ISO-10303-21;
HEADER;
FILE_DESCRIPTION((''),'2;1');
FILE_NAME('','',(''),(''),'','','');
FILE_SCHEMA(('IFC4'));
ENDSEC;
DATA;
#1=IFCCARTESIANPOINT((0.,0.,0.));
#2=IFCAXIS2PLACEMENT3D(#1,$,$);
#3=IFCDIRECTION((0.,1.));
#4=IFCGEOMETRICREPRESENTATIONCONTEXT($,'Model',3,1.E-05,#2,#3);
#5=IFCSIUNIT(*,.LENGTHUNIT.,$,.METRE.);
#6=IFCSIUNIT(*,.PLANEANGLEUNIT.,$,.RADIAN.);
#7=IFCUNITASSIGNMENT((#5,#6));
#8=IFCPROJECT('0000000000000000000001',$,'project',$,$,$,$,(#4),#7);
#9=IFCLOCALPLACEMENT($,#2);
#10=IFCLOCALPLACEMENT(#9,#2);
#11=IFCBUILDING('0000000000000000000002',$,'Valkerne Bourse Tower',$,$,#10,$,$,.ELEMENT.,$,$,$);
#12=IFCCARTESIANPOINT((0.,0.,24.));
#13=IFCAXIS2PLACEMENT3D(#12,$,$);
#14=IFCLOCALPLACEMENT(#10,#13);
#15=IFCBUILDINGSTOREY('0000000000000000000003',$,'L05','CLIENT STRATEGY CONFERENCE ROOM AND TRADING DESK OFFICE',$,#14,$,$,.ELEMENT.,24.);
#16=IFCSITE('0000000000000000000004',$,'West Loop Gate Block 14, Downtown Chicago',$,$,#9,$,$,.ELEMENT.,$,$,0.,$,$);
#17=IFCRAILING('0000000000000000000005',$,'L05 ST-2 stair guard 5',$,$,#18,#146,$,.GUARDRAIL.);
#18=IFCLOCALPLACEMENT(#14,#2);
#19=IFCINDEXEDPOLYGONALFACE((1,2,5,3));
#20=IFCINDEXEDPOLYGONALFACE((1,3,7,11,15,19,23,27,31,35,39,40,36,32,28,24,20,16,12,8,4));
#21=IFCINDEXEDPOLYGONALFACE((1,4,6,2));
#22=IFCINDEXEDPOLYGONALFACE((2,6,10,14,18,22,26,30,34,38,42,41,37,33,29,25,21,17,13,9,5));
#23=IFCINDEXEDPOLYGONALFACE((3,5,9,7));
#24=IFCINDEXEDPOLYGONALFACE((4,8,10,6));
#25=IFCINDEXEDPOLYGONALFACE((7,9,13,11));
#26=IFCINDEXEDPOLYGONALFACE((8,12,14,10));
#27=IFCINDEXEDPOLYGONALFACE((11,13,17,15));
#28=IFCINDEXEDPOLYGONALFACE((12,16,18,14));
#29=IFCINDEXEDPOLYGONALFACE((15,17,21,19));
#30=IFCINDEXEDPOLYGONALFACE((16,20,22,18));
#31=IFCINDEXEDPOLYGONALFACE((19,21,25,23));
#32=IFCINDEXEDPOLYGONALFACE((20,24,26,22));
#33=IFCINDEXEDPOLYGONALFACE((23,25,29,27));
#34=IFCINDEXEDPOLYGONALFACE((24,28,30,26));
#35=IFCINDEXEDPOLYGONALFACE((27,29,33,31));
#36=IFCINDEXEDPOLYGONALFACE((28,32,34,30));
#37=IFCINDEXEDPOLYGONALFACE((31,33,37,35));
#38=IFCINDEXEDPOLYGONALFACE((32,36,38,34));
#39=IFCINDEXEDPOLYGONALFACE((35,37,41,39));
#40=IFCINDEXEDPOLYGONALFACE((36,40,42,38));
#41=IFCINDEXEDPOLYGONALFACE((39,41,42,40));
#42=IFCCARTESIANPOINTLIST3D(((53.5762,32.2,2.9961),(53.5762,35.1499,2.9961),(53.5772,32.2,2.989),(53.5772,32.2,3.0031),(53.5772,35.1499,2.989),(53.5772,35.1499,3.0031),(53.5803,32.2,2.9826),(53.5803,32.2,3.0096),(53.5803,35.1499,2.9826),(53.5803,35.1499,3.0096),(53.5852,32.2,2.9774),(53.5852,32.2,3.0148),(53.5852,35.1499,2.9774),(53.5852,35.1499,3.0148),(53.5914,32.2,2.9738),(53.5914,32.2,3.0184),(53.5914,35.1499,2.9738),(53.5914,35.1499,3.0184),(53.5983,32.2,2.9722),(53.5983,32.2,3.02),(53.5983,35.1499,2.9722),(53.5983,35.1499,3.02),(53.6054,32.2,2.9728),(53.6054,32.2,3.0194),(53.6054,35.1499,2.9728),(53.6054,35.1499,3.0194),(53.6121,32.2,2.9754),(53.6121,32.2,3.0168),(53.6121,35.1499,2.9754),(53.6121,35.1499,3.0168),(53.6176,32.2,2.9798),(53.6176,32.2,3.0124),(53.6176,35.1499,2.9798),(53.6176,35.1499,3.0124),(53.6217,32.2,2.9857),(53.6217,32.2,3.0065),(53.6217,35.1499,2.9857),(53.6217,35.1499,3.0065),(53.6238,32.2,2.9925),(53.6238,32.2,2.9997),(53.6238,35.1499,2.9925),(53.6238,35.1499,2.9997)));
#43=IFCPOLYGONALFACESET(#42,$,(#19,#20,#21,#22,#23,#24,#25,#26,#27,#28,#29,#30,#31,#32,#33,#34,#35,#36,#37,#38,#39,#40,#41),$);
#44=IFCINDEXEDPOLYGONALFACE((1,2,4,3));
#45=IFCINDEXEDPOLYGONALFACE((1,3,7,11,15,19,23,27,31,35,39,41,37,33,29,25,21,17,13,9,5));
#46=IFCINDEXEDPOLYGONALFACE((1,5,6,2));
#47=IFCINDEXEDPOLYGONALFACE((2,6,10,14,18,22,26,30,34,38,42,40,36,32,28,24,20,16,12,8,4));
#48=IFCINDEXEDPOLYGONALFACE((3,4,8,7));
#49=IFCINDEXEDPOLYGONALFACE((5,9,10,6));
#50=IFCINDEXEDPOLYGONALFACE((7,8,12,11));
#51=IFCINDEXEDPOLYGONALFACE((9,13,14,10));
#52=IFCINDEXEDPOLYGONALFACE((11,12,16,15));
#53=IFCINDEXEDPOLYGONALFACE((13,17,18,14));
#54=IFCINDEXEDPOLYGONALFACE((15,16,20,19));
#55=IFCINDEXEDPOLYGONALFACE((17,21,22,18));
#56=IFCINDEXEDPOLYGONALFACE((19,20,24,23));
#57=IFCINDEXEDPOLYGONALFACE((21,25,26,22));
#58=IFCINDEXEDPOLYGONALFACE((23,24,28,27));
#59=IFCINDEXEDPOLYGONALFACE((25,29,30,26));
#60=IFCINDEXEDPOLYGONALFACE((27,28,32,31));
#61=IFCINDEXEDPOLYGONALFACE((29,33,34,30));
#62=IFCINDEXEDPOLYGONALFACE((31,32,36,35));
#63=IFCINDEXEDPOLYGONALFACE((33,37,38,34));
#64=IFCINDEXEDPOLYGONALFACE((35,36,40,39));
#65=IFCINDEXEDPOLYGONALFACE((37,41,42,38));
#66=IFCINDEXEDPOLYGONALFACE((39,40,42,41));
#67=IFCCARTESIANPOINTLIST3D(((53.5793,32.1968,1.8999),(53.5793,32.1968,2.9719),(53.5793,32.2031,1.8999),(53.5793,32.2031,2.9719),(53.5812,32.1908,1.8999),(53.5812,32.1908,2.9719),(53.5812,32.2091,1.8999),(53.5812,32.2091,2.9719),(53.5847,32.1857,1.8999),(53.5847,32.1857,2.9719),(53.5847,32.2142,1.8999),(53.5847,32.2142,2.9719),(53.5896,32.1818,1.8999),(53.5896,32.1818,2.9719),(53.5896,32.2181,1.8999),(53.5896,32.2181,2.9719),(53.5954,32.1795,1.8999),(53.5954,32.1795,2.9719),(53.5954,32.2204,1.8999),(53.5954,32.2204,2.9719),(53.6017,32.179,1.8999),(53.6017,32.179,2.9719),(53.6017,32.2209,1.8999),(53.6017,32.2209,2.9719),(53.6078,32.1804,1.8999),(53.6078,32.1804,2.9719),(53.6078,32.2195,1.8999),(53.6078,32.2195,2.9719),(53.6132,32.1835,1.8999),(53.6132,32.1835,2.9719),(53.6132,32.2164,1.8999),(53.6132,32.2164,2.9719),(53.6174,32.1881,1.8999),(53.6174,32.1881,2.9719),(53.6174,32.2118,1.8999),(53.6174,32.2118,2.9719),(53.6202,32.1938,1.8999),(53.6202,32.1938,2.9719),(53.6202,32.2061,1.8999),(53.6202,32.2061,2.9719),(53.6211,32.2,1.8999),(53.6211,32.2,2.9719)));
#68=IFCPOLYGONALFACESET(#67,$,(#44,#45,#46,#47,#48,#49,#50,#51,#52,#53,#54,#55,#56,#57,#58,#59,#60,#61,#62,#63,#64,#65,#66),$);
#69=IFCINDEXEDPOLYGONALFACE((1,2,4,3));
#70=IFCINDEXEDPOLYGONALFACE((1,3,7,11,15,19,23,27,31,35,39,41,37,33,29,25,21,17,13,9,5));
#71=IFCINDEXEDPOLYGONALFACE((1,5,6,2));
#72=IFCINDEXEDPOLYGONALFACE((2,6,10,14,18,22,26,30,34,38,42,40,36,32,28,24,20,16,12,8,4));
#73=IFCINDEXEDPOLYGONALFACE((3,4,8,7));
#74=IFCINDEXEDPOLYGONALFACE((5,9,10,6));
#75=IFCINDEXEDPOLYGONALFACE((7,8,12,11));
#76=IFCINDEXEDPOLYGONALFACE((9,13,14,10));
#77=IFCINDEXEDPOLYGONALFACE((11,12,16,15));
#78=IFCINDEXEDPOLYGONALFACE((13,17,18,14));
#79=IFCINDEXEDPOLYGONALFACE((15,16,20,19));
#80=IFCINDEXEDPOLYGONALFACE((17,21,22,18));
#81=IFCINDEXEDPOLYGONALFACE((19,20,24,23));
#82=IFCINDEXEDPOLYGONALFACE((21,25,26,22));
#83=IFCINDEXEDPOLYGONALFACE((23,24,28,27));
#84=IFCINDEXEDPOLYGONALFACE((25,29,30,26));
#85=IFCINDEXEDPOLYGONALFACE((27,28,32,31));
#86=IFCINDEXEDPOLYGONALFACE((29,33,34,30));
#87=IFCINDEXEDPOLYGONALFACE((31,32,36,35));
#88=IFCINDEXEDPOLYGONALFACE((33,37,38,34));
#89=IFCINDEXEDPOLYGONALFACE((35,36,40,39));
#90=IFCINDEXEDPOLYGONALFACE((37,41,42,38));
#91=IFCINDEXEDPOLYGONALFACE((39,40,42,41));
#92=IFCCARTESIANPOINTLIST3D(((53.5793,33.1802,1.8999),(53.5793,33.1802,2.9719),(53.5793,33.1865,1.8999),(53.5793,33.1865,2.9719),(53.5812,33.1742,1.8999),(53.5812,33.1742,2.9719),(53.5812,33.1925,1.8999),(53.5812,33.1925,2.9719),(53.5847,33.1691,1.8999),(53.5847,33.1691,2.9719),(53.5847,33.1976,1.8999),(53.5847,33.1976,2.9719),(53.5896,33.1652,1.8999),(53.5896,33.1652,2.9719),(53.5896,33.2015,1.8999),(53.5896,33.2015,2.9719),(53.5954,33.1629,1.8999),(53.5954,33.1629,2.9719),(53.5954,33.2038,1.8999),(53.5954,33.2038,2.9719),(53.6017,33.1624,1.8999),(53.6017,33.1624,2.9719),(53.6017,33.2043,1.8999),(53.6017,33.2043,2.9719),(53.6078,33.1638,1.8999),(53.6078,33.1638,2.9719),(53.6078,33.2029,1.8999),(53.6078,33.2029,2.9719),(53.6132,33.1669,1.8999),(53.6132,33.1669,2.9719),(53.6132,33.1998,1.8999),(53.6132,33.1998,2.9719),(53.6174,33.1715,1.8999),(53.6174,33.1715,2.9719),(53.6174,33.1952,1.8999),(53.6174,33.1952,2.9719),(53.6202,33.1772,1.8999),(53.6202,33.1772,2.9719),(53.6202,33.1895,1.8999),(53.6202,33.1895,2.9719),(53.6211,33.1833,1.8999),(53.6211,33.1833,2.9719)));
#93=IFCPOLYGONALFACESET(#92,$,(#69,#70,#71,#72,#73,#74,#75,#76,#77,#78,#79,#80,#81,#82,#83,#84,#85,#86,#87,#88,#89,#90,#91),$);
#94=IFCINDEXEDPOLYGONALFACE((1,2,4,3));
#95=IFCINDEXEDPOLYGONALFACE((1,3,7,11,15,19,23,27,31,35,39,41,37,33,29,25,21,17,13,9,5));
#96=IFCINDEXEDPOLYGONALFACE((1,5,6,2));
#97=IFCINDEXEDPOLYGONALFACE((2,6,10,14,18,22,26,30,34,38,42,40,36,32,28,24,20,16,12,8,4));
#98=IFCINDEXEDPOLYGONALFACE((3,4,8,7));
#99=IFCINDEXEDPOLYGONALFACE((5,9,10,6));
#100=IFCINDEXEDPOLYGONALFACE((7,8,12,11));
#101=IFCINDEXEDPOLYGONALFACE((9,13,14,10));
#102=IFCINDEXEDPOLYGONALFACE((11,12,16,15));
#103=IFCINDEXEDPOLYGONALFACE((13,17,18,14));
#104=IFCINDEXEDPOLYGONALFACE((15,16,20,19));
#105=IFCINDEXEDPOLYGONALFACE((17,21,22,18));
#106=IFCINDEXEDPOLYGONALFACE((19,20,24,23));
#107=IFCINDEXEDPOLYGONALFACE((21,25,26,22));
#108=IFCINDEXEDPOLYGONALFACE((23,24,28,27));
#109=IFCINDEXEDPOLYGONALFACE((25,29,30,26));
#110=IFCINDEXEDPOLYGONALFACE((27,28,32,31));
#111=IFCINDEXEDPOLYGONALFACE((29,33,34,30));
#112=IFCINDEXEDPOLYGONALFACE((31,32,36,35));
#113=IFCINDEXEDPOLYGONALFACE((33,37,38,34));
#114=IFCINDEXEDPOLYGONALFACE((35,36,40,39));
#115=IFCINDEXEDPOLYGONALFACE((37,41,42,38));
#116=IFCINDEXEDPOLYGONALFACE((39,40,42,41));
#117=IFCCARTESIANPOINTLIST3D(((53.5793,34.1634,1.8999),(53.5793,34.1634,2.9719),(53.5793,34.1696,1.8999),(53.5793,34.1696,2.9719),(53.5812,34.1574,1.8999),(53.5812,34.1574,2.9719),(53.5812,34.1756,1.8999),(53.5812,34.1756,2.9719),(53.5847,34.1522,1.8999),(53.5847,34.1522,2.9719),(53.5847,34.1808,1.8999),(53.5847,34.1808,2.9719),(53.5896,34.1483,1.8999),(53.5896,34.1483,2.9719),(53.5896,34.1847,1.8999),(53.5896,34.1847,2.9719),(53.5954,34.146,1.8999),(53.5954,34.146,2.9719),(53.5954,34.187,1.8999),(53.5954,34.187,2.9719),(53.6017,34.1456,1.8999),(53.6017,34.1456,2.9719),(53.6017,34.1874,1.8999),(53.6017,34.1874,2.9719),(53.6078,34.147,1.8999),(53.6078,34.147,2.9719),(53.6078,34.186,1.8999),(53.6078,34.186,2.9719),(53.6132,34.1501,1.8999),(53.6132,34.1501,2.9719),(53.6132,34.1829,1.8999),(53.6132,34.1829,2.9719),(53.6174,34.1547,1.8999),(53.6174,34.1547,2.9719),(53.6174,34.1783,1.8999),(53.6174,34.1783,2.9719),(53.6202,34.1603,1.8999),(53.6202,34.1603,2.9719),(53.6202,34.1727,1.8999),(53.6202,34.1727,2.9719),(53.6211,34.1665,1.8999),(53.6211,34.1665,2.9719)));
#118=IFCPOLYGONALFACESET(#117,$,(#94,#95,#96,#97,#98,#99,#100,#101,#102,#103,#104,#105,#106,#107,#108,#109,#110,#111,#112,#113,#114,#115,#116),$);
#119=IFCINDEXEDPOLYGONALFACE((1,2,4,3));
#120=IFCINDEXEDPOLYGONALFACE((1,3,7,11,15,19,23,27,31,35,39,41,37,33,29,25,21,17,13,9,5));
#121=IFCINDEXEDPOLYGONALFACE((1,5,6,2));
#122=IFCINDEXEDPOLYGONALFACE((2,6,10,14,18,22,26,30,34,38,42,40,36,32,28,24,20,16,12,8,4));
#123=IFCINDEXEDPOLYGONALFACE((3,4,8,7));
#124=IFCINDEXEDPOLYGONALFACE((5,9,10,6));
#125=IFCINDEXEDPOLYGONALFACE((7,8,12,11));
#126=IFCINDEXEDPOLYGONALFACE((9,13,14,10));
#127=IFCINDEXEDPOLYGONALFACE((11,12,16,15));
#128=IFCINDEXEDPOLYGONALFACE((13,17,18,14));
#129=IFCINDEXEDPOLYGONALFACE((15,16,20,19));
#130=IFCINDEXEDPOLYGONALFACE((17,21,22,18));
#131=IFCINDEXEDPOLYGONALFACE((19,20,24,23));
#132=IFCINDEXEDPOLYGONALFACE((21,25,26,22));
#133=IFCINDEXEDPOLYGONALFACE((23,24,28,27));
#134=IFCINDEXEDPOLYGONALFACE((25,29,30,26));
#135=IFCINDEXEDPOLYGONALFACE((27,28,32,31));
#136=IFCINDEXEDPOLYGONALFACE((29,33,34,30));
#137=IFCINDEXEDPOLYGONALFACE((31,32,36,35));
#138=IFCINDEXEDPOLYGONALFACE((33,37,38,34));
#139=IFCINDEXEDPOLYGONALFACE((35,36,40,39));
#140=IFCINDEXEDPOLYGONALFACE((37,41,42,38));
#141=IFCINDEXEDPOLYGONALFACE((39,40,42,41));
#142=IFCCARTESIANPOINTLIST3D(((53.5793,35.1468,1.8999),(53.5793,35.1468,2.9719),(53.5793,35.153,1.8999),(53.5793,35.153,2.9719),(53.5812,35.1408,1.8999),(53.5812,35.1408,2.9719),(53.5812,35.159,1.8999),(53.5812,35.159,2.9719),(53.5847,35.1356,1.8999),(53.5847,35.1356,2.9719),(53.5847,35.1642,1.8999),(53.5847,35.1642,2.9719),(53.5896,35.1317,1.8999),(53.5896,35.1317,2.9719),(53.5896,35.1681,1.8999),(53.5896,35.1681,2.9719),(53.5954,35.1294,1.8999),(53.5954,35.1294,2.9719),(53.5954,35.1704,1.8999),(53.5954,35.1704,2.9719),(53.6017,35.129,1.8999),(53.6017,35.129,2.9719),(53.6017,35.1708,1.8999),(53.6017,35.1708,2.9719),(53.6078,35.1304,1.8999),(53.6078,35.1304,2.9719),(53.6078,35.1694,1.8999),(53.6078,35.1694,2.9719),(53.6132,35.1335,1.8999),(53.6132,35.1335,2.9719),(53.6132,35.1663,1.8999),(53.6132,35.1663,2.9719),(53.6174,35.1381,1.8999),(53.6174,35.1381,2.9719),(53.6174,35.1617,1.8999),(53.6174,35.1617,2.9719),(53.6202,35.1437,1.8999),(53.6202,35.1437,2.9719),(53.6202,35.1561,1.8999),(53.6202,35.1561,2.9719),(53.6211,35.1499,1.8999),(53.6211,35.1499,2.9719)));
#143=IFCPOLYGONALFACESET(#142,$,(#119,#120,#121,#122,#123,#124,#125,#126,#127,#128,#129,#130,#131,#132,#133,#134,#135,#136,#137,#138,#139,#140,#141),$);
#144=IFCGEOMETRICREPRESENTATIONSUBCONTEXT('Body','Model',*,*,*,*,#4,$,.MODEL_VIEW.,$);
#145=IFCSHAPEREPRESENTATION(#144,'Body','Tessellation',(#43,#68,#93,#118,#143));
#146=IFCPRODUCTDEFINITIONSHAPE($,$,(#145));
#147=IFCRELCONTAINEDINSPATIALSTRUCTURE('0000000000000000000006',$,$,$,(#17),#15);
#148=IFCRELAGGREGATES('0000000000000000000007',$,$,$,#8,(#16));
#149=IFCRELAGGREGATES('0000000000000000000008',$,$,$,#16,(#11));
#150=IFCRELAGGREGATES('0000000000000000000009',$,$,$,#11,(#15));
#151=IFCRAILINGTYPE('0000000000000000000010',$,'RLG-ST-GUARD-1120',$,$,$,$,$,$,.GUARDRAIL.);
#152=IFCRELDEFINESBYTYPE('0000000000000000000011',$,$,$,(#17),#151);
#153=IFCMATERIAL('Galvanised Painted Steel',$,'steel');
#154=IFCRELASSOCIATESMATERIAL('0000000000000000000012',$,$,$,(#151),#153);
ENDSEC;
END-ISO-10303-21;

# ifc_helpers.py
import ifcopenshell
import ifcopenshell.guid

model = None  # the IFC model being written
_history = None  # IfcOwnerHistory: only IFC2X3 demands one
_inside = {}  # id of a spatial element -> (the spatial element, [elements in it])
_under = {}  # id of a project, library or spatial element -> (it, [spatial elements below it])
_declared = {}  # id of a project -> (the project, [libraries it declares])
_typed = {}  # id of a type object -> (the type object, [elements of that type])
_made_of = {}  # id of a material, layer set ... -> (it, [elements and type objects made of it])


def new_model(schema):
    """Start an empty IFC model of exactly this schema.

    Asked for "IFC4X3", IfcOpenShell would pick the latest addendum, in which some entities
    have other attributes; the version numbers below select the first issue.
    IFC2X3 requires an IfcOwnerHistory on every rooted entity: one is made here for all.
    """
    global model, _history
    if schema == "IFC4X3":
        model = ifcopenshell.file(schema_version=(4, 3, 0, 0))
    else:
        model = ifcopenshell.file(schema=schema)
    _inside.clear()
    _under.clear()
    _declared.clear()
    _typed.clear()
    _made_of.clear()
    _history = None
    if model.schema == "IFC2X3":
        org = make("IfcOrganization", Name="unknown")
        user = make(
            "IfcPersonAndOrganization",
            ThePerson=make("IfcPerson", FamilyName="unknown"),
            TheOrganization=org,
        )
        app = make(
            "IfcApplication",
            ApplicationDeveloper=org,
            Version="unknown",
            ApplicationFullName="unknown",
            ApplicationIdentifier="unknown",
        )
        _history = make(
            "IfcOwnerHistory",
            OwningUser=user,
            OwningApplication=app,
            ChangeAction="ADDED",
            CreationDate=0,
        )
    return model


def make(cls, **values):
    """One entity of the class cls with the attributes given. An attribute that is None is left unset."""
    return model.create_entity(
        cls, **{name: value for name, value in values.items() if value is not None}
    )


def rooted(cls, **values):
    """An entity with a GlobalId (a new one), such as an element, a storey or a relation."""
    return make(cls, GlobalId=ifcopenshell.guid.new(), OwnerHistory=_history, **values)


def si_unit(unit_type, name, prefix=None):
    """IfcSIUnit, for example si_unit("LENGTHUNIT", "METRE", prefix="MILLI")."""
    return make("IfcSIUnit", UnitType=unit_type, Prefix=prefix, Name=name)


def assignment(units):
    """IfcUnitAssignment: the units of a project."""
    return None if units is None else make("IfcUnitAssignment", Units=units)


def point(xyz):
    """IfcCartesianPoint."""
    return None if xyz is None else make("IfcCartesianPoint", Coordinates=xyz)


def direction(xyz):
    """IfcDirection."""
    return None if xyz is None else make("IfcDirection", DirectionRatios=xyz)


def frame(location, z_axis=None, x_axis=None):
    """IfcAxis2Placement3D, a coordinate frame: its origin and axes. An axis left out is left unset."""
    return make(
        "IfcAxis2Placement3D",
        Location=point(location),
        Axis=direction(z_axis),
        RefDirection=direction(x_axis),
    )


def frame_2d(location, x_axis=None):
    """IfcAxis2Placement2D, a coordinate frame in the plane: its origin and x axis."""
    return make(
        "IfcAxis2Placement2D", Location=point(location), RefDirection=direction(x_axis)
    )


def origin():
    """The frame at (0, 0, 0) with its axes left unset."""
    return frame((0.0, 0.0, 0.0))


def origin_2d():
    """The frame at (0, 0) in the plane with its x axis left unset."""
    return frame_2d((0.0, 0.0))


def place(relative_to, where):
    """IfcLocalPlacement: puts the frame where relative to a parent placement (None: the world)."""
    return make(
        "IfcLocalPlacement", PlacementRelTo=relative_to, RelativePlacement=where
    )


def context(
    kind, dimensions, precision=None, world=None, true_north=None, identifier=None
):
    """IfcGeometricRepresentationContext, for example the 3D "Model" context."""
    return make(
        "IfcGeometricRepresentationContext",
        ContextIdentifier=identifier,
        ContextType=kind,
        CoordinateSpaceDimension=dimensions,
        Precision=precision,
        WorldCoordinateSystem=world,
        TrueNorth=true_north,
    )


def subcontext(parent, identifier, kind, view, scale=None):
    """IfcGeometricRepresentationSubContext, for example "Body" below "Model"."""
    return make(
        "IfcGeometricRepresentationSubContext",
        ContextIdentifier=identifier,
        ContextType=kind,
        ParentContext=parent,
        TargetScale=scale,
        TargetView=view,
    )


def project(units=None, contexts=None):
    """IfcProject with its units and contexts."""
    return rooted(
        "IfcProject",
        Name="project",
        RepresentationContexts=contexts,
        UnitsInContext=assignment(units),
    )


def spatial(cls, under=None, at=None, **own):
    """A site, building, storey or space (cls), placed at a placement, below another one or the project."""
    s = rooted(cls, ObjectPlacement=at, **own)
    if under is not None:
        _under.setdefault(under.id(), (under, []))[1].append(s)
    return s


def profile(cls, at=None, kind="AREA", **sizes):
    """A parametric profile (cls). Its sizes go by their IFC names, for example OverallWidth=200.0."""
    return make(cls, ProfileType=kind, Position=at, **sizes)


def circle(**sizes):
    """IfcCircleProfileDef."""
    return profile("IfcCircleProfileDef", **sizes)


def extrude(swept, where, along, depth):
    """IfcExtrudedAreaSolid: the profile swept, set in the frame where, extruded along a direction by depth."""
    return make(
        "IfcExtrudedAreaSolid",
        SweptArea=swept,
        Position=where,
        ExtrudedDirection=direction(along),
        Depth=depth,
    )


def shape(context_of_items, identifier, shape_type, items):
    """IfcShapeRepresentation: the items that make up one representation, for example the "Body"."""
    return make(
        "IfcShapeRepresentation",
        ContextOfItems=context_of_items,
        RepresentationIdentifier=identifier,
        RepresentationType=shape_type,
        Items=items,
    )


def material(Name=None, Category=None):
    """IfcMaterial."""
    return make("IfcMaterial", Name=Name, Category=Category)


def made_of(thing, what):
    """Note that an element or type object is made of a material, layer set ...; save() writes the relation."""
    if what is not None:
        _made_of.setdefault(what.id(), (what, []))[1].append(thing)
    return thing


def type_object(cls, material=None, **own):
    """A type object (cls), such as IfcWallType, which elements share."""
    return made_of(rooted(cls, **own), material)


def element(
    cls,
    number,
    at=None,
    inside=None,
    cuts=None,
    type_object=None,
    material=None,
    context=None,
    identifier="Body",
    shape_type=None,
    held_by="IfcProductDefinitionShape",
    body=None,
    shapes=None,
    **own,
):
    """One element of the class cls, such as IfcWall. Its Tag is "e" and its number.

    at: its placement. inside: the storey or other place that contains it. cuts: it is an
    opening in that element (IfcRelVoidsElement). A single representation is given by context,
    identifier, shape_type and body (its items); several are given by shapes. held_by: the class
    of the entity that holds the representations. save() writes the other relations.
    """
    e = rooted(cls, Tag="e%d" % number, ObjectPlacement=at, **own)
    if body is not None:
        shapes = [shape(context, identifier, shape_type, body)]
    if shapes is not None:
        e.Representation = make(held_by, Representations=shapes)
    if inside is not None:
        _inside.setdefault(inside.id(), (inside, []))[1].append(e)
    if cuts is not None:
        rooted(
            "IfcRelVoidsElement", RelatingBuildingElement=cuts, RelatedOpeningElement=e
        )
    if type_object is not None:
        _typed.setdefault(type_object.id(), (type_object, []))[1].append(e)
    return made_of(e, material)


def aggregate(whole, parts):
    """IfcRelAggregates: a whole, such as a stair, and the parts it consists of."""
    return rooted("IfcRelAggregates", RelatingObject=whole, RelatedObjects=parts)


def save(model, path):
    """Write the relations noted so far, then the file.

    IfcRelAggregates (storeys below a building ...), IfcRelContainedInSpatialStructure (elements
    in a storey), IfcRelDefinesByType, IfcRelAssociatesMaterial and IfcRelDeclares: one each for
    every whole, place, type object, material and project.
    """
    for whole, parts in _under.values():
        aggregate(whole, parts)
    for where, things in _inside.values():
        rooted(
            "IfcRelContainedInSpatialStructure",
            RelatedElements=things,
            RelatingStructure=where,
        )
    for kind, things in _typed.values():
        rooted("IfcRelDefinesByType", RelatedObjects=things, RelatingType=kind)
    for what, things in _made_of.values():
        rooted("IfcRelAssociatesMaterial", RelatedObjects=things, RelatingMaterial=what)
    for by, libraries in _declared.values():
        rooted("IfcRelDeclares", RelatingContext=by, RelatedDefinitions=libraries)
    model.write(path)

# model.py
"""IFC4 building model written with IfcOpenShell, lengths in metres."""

from ifc_helpers import new_model, si_unit, direction, frame, origin, origin_2d, place, context, subcontext, project, spatial, circle, extrude, material, type_object, element, save


model = new_model("IFC4")

# Units and contexts
model_context = context("Model", 3, precision=1e-05, world=origin(), true_north=direction((0.0, 1.0)))
body_context = subcontext(model_context, "Body", "Model", "MODEL_VIEW")
ifc_project = project(units=[si_unit("LENGTHUNIT", "METRE"), si_unit("PLANEANGLEUNIT", "RADIAN")], contexts=[model_context])

# Site, building, storey
site_placement = place(None, origin())
site = spatial("IfcSite", under=ifc_project, at=site_placement, Name="West Loop Gate Block 14, Downtown Chicago", CompositionType="ELEMENT", RefElevation=0.0)
building_placement = place(site_placement, origin())
building = spatial("IfcBuilding", under=site, at=building_placement, Name="Valkerne Bourse Tower", CompositionType="ELEMENT")
storey_placement = place(building_placement, frame((0.0, 0.0, 24.0)))
storey = spatial("IfcBuildingStorey", under=building, at=storey_placement, Name="L05", Description="CLIENT STRATEGY CONFERENCE ROOM AND TRADING DESK OFFICE", CompositionType="ELEMENT", Elevation=24.0)

# Railing
ifc_material_1 = material(Name="Galvanised Painted Steel", Category="steel")
railing_type = type_object("IfcRailingType", Name="RLG-ST-GUARD-1120", PredefinedType="GUARDRAIL", material=ifc_material_1)
railing_1_placement = place(storey_placement, frame((53.6001, 32.2, 1.8999)))
element("IfcRailing", 1, at=railing_1_placement, inside=storey, type_object=railing_type, Name="L05 ST-2 stair guard 5", PredefinedType="GUARDRAIL", context=body_context, shape_type="SweptSolid", body=[
    extrude(circle(Radius=0.0239, at=origin_2d()), frame((0.0, 0.0, 1.0962), z_axis=(0.0, 1.0, 0.0), x_axis=(-1.0, 0.0, 0.0)), (0.0, 0.0, 1.0), 2.95),
    extrude(circle(Radius=0.021, at=origin_2d()), origin(), (0.0, 0.0, 1.0), 1.072),
    extrude(circle(Radius=0.021, at=origin_2d()), frame((0.0, 0.9834, 0.0)), (0.0, 0.0, 1.0), 1.072),
    extrude(circle(Radius=0.021, at=origin_2d()), frame((0.0, 1.9666, 0.0)), (0.0, 0.0, 1.0), 1.072),
    extrude(circle(Radius=0.021, at=origin_2d()), frame((0.0, 2.95, 0.0)), (0.0, 0.0, 1.0), 1.072),
])

save(model, "model.ifc")
